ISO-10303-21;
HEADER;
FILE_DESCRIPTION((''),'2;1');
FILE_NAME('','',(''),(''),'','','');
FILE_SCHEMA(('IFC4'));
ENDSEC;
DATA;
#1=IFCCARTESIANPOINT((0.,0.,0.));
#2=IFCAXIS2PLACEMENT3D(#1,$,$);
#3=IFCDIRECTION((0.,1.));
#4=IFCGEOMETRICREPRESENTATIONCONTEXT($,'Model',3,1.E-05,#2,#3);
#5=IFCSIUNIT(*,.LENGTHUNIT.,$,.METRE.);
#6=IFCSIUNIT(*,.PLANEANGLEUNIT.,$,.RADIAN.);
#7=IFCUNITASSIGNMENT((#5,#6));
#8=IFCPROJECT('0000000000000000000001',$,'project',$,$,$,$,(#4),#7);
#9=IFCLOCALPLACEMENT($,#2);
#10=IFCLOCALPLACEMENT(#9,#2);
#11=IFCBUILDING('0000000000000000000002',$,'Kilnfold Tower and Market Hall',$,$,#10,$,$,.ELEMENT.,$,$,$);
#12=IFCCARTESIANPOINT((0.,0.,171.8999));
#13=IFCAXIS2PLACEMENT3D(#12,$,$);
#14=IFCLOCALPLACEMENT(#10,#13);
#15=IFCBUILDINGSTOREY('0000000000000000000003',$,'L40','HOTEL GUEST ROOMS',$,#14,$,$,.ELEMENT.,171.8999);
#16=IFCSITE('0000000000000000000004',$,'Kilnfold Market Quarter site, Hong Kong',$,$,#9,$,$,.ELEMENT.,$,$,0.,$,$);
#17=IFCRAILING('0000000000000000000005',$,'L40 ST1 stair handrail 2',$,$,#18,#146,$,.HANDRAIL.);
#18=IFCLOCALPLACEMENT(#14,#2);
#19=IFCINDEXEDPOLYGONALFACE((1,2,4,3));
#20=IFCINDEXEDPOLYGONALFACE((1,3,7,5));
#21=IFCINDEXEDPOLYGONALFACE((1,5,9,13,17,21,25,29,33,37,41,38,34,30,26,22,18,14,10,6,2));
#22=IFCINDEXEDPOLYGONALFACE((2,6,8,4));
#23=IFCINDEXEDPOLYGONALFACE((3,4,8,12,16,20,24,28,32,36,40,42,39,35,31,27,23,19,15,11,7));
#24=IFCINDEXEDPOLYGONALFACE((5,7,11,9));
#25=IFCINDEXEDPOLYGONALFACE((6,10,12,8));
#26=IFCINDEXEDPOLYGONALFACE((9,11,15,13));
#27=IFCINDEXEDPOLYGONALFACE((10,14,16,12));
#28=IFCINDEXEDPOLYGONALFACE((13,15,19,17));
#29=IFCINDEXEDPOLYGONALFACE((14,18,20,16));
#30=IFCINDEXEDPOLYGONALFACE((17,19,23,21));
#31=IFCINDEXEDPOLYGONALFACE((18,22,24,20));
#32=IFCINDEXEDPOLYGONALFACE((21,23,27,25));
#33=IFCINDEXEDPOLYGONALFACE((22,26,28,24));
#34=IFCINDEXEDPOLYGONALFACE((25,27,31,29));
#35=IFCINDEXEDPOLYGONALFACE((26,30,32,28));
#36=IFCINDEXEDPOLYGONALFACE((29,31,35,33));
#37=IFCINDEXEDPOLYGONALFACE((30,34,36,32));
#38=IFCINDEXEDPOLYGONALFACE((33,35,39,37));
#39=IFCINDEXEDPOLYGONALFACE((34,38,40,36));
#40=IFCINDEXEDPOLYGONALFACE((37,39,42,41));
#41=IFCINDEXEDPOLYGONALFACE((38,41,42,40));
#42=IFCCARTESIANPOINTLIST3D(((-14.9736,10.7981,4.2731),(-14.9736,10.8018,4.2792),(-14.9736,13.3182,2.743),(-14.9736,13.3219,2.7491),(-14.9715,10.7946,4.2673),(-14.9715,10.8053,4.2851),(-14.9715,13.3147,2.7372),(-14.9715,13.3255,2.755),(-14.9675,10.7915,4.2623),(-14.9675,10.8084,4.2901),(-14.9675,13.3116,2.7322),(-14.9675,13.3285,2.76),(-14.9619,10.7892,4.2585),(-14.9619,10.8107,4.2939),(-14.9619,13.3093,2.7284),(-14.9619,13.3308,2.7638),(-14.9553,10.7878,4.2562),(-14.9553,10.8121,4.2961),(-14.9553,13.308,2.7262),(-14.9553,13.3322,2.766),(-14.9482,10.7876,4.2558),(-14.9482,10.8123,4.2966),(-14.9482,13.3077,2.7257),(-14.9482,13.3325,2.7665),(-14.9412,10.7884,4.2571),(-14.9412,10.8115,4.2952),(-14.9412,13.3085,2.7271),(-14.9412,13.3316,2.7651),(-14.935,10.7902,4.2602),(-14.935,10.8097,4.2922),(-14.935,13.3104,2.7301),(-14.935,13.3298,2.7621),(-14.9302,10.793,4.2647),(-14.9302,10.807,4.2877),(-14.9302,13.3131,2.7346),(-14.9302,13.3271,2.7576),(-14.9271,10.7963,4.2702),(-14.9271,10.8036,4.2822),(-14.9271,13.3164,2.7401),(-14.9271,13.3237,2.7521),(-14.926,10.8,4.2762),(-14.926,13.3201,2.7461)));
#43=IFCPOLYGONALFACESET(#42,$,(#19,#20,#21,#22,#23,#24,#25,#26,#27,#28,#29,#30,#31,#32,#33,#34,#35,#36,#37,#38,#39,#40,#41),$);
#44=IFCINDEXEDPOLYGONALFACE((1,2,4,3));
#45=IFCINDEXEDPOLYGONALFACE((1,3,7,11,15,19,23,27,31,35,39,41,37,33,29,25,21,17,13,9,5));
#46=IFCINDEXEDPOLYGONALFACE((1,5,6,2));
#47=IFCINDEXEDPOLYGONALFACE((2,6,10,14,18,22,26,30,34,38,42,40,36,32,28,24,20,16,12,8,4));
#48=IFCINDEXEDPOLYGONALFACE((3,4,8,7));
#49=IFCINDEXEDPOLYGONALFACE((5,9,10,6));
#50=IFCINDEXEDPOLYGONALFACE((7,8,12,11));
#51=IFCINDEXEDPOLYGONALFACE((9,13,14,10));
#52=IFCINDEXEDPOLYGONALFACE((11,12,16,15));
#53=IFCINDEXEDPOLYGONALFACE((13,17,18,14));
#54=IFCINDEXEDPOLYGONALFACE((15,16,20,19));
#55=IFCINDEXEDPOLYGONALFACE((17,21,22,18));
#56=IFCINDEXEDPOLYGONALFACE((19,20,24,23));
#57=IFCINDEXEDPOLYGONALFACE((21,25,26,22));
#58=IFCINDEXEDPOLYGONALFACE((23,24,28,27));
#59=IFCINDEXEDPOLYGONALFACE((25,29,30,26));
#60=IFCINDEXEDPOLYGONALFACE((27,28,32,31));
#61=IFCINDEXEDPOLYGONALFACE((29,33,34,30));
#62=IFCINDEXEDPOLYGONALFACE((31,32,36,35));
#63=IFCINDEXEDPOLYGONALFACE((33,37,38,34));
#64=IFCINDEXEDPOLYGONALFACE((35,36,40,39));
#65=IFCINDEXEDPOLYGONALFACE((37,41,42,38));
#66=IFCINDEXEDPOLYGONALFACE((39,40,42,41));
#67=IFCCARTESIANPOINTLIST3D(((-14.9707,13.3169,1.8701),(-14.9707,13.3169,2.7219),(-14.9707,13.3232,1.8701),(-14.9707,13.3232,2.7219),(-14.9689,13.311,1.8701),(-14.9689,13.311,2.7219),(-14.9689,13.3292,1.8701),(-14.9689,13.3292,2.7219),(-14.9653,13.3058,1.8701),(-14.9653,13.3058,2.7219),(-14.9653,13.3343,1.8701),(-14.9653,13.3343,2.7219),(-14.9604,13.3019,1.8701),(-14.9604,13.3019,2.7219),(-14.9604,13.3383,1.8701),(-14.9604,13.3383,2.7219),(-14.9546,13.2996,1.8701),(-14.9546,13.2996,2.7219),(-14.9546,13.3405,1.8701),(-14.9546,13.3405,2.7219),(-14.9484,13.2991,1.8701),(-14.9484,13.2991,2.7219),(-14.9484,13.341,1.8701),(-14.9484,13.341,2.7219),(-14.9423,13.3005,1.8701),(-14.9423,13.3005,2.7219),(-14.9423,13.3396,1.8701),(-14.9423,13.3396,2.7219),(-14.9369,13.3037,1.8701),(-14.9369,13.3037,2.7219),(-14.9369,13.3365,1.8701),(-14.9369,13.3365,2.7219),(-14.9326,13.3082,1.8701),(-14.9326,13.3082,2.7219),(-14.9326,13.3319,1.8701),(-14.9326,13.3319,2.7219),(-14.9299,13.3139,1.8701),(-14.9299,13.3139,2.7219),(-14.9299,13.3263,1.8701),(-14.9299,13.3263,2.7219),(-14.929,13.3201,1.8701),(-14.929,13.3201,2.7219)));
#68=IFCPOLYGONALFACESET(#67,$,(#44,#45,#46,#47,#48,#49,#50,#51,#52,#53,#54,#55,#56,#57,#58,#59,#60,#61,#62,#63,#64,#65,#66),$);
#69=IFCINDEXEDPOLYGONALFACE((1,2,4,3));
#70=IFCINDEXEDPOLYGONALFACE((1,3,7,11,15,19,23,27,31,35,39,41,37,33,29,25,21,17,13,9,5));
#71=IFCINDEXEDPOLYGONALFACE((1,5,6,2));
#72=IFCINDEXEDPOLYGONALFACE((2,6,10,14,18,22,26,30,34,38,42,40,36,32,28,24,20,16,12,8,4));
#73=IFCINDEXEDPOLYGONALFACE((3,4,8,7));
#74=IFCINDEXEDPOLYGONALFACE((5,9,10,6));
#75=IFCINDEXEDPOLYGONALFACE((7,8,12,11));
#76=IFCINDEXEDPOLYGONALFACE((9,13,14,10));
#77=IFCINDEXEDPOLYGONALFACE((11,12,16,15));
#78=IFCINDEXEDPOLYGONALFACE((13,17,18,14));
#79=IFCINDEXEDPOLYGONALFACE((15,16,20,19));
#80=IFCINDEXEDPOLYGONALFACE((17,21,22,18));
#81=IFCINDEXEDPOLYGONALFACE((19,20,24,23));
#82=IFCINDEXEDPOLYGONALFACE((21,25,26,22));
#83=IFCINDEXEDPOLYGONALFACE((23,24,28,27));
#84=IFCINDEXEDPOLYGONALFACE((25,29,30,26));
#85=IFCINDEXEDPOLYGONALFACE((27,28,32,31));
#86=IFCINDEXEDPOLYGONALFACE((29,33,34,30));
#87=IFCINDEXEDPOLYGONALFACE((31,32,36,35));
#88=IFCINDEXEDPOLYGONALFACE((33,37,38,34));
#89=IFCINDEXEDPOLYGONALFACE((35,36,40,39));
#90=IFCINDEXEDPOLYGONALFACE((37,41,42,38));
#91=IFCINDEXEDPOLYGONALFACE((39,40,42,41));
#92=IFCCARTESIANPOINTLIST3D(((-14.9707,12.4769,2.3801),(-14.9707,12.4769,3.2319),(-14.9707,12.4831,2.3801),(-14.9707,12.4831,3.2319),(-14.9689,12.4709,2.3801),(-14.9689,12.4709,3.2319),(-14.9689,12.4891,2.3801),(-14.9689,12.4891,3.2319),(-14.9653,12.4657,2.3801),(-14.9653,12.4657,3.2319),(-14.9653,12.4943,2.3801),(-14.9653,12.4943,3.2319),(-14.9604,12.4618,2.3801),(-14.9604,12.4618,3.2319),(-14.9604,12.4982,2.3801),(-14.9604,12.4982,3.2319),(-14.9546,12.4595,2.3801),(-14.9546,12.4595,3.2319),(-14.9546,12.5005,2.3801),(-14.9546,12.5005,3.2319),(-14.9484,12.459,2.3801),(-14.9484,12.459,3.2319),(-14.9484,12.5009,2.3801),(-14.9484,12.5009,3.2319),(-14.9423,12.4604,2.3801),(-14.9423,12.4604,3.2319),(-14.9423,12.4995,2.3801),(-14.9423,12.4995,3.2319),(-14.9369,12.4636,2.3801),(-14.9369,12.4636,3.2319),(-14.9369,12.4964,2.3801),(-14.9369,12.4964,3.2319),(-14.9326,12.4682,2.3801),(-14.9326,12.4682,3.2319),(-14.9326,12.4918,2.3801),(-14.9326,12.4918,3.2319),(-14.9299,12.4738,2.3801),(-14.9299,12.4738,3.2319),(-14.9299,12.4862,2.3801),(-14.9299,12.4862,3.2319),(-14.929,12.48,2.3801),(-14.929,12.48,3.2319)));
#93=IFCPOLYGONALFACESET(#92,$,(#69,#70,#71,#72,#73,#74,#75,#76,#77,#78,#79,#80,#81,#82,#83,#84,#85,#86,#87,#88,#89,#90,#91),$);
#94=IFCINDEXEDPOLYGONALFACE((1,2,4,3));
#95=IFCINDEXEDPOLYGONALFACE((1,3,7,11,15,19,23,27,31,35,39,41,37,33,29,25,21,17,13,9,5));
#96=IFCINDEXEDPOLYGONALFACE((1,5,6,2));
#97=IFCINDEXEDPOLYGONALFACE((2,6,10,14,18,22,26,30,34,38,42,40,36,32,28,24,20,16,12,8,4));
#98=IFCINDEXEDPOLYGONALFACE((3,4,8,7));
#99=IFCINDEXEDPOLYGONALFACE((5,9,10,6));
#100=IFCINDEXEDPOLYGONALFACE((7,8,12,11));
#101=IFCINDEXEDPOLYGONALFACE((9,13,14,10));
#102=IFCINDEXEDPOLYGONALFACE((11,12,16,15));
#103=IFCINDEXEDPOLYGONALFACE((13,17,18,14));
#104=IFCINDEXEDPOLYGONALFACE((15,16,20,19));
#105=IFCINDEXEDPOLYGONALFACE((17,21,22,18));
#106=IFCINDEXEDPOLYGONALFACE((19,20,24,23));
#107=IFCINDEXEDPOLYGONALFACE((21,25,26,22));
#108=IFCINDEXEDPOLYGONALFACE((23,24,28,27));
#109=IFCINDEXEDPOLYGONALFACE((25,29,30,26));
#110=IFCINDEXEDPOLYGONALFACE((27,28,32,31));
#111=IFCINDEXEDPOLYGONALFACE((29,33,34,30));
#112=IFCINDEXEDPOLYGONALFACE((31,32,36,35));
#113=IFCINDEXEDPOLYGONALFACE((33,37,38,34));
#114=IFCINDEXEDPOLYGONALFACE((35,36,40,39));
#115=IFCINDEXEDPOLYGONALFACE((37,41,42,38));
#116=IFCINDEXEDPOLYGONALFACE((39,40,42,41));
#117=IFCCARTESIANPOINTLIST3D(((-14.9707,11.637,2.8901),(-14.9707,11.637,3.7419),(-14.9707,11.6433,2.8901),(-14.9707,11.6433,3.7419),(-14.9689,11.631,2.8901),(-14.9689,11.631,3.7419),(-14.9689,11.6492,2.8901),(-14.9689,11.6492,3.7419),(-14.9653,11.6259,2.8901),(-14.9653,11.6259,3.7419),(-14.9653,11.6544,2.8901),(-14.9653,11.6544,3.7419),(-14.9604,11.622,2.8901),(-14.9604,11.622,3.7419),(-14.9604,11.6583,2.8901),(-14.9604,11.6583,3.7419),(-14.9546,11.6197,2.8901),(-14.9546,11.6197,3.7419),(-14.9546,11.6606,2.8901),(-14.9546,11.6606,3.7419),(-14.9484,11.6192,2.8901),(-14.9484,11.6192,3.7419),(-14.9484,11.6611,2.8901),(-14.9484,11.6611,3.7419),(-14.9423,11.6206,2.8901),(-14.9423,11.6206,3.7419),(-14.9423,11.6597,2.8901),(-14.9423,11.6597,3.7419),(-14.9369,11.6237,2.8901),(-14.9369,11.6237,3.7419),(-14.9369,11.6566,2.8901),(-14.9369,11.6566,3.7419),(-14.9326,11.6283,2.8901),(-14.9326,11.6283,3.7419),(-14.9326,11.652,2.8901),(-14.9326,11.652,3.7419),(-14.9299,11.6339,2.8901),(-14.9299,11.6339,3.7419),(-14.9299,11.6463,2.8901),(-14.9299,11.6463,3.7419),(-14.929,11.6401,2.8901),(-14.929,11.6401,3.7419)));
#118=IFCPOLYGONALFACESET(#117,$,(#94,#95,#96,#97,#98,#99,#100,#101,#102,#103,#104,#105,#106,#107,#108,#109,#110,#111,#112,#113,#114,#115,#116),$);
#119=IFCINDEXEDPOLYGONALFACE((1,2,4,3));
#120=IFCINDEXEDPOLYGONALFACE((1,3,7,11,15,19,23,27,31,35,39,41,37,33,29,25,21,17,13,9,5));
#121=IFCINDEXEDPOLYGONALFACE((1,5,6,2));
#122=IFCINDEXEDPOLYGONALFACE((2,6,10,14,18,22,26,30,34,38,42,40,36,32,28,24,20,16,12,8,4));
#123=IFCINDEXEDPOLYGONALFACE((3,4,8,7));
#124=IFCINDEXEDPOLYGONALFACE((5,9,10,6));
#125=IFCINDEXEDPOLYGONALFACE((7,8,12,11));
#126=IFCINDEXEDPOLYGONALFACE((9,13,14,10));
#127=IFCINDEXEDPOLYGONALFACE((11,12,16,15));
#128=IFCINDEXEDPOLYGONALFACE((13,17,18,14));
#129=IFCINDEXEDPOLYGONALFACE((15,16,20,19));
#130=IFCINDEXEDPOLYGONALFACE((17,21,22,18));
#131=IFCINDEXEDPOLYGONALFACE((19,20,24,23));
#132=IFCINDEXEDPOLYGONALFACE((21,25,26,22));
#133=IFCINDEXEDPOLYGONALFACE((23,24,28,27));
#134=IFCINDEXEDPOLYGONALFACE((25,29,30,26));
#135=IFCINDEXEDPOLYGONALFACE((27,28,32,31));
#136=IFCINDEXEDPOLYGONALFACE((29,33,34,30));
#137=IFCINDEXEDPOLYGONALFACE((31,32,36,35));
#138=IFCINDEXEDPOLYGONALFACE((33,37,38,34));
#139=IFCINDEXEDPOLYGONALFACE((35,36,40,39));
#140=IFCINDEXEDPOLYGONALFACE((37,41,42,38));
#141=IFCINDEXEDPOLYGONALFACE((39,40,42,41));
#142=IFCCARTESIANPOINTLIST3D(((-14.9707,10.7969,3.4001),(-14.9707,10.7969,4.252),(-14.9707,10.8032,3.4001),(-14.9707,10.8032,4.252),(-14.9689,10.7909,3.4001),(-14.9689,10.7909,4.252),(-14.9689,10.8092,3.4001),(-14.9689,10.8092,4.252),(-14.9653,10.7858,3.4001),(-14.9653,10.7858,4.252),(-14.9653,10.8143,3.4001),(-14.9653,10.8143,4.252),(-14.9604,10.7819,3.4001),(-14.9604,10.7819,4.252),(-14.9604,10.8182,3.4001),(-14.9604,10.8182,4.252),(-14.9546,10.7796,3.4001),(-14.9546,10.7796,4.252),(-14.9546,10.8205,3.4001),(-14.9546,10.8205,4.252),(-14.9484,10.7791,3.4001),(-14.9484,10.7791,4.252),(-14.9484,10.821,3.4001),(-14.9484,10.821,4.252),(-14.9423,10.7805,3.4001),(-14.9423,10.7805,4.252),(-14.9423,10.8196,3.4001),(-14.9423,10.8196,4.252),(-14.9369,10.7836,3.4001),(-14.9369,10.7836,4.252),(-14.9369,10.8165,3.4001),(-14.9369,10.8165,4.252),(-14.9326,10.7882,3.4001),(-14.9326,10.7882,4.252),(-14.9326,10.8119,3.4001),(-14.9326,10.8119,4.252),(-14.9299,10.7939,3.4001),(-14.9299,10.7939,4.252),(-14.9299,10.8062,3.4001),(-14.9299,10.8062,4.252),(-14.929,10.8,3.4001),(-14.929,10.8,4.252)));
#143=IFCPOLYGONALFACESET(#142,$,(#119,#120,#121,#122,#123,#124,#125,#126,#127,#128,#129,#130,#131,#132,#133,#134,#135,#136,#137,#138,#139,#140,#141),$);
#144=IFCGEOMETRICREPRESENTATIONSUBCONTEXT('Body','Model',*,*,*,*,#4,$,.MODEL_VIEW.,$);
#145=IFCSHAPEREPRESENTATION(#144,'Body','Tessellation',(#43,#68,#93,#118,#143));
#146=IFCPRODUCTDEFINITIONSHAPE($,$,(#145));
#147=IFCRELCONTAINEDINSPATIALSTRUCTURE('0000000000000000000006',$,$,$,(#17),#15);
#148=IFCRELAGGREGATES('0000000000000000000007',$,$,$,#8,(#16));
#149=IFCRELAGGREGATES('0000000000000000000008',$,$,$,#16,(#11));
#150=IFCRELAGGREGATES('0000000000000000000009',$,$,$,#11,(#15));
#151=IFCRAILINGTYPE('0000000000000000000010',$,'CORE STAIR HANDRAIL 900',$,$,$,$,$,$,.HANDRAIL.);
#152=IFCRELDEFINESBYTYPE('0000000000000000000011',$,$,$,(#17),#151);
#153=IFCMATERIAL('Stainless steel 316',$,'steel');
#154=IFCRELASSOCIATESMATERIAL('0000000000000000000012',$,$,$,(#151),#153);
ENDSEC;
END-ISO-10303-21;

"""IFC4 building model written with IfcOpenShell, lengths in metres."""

from ifc_helpers import new_model, si_unit, direction, frame, origin, origin_2d, place, context, subcontext, project, spatial, circle, extrude, material, type_object, element, save


model = new_model("IFC4")

# Units and contexts
model_context = context("Model", 3, precision=1e-05, world=origin(), true_north=direction((0.0, 1.0)))
body_context = subcontext(model_context, "Body", "Model", "MODEL_VIEW")
ifc_project = project(units=[si_unit("LENGTHUNIT", "METRE"), si_unit("PLANEANGLEUNIT", "RADIAN")], contexts=[model_context])

# Site, building, storey
site_placement = place(None, origin())
site = spatial("IfcSite", under=ifc_project, at=site_placement, Name="Kilnfold Market Quarter site, Hong Kong", CompositionType="ELEMENT", RefElevation=0.0)
building_placement = place(site_placement, origin())
building = spatial("IfcBuilding", under=site, at=building_placement, Name="Kilnfold Tower and Market Hall", CompositionType="ELEMENT")
storey_placement = place(building_placement, frame((0.0, 0.0, 171.8999)))
storey = spatial("IfcBuildingStorey", under=building, at=storey_placement, Name="L40", Description="HOTEL GUEST ROOMS", CompositionType="ELEMENT", Elevation=171.8999)

# Railing
ifc_material_1 = material(Name="Stainless steel 316", Category="steel")
railing_type_1 = type_object("IfcRailingType", Name="CORE STAIR HANDRAIL 900", PredefinedType="HANDRAIL", material=ifc_material_1)
railing_1_placement = place(storey_placement, frame((-14.95, 13.3201, 1.8701)))
element("IfcRailing", 1, at=railing_1_placement, inside=storey, type_object=railing_type_1, Name="L40 ST1 stair handrail 2", PredefinedType="HANDRAIL", context=body_context, shape_type="SweptSolid", body=[
    extrude(circle(Radius=0.0239, at=origin_2d()), frame((0.0, 0.0, 0.876), z_axis=(0.0, -0.854785, 0.518982), x_axis=(1.0, 0.0, 0.0)), (0.0, 0.0, 1.0), 2.9482),
    extrude(circle(Radius=0.021, at=origin_2d()), origin(), (0.0, 0.0, 1.0), 0.8518),
    extrude(circle(Radius=0.021, at=origin_2d()), frame((0.0, -0.8401, 0.51)), (0.0, 0.0, 1.0), 0.8518),
    extrude(circle(Radius=0.021, at=origin_2d()), frame((0.0, -1.6799, 1.02)), (0.0, 0.0, 1.0), 0.8518),
    extrude(circle(Radius=0.021, at=origin_2d()), frame((0.0, -2.52, 1.53)), (0.0, 0.0, 1.0), 0.8518),
])

save(model, "model.ifc")
